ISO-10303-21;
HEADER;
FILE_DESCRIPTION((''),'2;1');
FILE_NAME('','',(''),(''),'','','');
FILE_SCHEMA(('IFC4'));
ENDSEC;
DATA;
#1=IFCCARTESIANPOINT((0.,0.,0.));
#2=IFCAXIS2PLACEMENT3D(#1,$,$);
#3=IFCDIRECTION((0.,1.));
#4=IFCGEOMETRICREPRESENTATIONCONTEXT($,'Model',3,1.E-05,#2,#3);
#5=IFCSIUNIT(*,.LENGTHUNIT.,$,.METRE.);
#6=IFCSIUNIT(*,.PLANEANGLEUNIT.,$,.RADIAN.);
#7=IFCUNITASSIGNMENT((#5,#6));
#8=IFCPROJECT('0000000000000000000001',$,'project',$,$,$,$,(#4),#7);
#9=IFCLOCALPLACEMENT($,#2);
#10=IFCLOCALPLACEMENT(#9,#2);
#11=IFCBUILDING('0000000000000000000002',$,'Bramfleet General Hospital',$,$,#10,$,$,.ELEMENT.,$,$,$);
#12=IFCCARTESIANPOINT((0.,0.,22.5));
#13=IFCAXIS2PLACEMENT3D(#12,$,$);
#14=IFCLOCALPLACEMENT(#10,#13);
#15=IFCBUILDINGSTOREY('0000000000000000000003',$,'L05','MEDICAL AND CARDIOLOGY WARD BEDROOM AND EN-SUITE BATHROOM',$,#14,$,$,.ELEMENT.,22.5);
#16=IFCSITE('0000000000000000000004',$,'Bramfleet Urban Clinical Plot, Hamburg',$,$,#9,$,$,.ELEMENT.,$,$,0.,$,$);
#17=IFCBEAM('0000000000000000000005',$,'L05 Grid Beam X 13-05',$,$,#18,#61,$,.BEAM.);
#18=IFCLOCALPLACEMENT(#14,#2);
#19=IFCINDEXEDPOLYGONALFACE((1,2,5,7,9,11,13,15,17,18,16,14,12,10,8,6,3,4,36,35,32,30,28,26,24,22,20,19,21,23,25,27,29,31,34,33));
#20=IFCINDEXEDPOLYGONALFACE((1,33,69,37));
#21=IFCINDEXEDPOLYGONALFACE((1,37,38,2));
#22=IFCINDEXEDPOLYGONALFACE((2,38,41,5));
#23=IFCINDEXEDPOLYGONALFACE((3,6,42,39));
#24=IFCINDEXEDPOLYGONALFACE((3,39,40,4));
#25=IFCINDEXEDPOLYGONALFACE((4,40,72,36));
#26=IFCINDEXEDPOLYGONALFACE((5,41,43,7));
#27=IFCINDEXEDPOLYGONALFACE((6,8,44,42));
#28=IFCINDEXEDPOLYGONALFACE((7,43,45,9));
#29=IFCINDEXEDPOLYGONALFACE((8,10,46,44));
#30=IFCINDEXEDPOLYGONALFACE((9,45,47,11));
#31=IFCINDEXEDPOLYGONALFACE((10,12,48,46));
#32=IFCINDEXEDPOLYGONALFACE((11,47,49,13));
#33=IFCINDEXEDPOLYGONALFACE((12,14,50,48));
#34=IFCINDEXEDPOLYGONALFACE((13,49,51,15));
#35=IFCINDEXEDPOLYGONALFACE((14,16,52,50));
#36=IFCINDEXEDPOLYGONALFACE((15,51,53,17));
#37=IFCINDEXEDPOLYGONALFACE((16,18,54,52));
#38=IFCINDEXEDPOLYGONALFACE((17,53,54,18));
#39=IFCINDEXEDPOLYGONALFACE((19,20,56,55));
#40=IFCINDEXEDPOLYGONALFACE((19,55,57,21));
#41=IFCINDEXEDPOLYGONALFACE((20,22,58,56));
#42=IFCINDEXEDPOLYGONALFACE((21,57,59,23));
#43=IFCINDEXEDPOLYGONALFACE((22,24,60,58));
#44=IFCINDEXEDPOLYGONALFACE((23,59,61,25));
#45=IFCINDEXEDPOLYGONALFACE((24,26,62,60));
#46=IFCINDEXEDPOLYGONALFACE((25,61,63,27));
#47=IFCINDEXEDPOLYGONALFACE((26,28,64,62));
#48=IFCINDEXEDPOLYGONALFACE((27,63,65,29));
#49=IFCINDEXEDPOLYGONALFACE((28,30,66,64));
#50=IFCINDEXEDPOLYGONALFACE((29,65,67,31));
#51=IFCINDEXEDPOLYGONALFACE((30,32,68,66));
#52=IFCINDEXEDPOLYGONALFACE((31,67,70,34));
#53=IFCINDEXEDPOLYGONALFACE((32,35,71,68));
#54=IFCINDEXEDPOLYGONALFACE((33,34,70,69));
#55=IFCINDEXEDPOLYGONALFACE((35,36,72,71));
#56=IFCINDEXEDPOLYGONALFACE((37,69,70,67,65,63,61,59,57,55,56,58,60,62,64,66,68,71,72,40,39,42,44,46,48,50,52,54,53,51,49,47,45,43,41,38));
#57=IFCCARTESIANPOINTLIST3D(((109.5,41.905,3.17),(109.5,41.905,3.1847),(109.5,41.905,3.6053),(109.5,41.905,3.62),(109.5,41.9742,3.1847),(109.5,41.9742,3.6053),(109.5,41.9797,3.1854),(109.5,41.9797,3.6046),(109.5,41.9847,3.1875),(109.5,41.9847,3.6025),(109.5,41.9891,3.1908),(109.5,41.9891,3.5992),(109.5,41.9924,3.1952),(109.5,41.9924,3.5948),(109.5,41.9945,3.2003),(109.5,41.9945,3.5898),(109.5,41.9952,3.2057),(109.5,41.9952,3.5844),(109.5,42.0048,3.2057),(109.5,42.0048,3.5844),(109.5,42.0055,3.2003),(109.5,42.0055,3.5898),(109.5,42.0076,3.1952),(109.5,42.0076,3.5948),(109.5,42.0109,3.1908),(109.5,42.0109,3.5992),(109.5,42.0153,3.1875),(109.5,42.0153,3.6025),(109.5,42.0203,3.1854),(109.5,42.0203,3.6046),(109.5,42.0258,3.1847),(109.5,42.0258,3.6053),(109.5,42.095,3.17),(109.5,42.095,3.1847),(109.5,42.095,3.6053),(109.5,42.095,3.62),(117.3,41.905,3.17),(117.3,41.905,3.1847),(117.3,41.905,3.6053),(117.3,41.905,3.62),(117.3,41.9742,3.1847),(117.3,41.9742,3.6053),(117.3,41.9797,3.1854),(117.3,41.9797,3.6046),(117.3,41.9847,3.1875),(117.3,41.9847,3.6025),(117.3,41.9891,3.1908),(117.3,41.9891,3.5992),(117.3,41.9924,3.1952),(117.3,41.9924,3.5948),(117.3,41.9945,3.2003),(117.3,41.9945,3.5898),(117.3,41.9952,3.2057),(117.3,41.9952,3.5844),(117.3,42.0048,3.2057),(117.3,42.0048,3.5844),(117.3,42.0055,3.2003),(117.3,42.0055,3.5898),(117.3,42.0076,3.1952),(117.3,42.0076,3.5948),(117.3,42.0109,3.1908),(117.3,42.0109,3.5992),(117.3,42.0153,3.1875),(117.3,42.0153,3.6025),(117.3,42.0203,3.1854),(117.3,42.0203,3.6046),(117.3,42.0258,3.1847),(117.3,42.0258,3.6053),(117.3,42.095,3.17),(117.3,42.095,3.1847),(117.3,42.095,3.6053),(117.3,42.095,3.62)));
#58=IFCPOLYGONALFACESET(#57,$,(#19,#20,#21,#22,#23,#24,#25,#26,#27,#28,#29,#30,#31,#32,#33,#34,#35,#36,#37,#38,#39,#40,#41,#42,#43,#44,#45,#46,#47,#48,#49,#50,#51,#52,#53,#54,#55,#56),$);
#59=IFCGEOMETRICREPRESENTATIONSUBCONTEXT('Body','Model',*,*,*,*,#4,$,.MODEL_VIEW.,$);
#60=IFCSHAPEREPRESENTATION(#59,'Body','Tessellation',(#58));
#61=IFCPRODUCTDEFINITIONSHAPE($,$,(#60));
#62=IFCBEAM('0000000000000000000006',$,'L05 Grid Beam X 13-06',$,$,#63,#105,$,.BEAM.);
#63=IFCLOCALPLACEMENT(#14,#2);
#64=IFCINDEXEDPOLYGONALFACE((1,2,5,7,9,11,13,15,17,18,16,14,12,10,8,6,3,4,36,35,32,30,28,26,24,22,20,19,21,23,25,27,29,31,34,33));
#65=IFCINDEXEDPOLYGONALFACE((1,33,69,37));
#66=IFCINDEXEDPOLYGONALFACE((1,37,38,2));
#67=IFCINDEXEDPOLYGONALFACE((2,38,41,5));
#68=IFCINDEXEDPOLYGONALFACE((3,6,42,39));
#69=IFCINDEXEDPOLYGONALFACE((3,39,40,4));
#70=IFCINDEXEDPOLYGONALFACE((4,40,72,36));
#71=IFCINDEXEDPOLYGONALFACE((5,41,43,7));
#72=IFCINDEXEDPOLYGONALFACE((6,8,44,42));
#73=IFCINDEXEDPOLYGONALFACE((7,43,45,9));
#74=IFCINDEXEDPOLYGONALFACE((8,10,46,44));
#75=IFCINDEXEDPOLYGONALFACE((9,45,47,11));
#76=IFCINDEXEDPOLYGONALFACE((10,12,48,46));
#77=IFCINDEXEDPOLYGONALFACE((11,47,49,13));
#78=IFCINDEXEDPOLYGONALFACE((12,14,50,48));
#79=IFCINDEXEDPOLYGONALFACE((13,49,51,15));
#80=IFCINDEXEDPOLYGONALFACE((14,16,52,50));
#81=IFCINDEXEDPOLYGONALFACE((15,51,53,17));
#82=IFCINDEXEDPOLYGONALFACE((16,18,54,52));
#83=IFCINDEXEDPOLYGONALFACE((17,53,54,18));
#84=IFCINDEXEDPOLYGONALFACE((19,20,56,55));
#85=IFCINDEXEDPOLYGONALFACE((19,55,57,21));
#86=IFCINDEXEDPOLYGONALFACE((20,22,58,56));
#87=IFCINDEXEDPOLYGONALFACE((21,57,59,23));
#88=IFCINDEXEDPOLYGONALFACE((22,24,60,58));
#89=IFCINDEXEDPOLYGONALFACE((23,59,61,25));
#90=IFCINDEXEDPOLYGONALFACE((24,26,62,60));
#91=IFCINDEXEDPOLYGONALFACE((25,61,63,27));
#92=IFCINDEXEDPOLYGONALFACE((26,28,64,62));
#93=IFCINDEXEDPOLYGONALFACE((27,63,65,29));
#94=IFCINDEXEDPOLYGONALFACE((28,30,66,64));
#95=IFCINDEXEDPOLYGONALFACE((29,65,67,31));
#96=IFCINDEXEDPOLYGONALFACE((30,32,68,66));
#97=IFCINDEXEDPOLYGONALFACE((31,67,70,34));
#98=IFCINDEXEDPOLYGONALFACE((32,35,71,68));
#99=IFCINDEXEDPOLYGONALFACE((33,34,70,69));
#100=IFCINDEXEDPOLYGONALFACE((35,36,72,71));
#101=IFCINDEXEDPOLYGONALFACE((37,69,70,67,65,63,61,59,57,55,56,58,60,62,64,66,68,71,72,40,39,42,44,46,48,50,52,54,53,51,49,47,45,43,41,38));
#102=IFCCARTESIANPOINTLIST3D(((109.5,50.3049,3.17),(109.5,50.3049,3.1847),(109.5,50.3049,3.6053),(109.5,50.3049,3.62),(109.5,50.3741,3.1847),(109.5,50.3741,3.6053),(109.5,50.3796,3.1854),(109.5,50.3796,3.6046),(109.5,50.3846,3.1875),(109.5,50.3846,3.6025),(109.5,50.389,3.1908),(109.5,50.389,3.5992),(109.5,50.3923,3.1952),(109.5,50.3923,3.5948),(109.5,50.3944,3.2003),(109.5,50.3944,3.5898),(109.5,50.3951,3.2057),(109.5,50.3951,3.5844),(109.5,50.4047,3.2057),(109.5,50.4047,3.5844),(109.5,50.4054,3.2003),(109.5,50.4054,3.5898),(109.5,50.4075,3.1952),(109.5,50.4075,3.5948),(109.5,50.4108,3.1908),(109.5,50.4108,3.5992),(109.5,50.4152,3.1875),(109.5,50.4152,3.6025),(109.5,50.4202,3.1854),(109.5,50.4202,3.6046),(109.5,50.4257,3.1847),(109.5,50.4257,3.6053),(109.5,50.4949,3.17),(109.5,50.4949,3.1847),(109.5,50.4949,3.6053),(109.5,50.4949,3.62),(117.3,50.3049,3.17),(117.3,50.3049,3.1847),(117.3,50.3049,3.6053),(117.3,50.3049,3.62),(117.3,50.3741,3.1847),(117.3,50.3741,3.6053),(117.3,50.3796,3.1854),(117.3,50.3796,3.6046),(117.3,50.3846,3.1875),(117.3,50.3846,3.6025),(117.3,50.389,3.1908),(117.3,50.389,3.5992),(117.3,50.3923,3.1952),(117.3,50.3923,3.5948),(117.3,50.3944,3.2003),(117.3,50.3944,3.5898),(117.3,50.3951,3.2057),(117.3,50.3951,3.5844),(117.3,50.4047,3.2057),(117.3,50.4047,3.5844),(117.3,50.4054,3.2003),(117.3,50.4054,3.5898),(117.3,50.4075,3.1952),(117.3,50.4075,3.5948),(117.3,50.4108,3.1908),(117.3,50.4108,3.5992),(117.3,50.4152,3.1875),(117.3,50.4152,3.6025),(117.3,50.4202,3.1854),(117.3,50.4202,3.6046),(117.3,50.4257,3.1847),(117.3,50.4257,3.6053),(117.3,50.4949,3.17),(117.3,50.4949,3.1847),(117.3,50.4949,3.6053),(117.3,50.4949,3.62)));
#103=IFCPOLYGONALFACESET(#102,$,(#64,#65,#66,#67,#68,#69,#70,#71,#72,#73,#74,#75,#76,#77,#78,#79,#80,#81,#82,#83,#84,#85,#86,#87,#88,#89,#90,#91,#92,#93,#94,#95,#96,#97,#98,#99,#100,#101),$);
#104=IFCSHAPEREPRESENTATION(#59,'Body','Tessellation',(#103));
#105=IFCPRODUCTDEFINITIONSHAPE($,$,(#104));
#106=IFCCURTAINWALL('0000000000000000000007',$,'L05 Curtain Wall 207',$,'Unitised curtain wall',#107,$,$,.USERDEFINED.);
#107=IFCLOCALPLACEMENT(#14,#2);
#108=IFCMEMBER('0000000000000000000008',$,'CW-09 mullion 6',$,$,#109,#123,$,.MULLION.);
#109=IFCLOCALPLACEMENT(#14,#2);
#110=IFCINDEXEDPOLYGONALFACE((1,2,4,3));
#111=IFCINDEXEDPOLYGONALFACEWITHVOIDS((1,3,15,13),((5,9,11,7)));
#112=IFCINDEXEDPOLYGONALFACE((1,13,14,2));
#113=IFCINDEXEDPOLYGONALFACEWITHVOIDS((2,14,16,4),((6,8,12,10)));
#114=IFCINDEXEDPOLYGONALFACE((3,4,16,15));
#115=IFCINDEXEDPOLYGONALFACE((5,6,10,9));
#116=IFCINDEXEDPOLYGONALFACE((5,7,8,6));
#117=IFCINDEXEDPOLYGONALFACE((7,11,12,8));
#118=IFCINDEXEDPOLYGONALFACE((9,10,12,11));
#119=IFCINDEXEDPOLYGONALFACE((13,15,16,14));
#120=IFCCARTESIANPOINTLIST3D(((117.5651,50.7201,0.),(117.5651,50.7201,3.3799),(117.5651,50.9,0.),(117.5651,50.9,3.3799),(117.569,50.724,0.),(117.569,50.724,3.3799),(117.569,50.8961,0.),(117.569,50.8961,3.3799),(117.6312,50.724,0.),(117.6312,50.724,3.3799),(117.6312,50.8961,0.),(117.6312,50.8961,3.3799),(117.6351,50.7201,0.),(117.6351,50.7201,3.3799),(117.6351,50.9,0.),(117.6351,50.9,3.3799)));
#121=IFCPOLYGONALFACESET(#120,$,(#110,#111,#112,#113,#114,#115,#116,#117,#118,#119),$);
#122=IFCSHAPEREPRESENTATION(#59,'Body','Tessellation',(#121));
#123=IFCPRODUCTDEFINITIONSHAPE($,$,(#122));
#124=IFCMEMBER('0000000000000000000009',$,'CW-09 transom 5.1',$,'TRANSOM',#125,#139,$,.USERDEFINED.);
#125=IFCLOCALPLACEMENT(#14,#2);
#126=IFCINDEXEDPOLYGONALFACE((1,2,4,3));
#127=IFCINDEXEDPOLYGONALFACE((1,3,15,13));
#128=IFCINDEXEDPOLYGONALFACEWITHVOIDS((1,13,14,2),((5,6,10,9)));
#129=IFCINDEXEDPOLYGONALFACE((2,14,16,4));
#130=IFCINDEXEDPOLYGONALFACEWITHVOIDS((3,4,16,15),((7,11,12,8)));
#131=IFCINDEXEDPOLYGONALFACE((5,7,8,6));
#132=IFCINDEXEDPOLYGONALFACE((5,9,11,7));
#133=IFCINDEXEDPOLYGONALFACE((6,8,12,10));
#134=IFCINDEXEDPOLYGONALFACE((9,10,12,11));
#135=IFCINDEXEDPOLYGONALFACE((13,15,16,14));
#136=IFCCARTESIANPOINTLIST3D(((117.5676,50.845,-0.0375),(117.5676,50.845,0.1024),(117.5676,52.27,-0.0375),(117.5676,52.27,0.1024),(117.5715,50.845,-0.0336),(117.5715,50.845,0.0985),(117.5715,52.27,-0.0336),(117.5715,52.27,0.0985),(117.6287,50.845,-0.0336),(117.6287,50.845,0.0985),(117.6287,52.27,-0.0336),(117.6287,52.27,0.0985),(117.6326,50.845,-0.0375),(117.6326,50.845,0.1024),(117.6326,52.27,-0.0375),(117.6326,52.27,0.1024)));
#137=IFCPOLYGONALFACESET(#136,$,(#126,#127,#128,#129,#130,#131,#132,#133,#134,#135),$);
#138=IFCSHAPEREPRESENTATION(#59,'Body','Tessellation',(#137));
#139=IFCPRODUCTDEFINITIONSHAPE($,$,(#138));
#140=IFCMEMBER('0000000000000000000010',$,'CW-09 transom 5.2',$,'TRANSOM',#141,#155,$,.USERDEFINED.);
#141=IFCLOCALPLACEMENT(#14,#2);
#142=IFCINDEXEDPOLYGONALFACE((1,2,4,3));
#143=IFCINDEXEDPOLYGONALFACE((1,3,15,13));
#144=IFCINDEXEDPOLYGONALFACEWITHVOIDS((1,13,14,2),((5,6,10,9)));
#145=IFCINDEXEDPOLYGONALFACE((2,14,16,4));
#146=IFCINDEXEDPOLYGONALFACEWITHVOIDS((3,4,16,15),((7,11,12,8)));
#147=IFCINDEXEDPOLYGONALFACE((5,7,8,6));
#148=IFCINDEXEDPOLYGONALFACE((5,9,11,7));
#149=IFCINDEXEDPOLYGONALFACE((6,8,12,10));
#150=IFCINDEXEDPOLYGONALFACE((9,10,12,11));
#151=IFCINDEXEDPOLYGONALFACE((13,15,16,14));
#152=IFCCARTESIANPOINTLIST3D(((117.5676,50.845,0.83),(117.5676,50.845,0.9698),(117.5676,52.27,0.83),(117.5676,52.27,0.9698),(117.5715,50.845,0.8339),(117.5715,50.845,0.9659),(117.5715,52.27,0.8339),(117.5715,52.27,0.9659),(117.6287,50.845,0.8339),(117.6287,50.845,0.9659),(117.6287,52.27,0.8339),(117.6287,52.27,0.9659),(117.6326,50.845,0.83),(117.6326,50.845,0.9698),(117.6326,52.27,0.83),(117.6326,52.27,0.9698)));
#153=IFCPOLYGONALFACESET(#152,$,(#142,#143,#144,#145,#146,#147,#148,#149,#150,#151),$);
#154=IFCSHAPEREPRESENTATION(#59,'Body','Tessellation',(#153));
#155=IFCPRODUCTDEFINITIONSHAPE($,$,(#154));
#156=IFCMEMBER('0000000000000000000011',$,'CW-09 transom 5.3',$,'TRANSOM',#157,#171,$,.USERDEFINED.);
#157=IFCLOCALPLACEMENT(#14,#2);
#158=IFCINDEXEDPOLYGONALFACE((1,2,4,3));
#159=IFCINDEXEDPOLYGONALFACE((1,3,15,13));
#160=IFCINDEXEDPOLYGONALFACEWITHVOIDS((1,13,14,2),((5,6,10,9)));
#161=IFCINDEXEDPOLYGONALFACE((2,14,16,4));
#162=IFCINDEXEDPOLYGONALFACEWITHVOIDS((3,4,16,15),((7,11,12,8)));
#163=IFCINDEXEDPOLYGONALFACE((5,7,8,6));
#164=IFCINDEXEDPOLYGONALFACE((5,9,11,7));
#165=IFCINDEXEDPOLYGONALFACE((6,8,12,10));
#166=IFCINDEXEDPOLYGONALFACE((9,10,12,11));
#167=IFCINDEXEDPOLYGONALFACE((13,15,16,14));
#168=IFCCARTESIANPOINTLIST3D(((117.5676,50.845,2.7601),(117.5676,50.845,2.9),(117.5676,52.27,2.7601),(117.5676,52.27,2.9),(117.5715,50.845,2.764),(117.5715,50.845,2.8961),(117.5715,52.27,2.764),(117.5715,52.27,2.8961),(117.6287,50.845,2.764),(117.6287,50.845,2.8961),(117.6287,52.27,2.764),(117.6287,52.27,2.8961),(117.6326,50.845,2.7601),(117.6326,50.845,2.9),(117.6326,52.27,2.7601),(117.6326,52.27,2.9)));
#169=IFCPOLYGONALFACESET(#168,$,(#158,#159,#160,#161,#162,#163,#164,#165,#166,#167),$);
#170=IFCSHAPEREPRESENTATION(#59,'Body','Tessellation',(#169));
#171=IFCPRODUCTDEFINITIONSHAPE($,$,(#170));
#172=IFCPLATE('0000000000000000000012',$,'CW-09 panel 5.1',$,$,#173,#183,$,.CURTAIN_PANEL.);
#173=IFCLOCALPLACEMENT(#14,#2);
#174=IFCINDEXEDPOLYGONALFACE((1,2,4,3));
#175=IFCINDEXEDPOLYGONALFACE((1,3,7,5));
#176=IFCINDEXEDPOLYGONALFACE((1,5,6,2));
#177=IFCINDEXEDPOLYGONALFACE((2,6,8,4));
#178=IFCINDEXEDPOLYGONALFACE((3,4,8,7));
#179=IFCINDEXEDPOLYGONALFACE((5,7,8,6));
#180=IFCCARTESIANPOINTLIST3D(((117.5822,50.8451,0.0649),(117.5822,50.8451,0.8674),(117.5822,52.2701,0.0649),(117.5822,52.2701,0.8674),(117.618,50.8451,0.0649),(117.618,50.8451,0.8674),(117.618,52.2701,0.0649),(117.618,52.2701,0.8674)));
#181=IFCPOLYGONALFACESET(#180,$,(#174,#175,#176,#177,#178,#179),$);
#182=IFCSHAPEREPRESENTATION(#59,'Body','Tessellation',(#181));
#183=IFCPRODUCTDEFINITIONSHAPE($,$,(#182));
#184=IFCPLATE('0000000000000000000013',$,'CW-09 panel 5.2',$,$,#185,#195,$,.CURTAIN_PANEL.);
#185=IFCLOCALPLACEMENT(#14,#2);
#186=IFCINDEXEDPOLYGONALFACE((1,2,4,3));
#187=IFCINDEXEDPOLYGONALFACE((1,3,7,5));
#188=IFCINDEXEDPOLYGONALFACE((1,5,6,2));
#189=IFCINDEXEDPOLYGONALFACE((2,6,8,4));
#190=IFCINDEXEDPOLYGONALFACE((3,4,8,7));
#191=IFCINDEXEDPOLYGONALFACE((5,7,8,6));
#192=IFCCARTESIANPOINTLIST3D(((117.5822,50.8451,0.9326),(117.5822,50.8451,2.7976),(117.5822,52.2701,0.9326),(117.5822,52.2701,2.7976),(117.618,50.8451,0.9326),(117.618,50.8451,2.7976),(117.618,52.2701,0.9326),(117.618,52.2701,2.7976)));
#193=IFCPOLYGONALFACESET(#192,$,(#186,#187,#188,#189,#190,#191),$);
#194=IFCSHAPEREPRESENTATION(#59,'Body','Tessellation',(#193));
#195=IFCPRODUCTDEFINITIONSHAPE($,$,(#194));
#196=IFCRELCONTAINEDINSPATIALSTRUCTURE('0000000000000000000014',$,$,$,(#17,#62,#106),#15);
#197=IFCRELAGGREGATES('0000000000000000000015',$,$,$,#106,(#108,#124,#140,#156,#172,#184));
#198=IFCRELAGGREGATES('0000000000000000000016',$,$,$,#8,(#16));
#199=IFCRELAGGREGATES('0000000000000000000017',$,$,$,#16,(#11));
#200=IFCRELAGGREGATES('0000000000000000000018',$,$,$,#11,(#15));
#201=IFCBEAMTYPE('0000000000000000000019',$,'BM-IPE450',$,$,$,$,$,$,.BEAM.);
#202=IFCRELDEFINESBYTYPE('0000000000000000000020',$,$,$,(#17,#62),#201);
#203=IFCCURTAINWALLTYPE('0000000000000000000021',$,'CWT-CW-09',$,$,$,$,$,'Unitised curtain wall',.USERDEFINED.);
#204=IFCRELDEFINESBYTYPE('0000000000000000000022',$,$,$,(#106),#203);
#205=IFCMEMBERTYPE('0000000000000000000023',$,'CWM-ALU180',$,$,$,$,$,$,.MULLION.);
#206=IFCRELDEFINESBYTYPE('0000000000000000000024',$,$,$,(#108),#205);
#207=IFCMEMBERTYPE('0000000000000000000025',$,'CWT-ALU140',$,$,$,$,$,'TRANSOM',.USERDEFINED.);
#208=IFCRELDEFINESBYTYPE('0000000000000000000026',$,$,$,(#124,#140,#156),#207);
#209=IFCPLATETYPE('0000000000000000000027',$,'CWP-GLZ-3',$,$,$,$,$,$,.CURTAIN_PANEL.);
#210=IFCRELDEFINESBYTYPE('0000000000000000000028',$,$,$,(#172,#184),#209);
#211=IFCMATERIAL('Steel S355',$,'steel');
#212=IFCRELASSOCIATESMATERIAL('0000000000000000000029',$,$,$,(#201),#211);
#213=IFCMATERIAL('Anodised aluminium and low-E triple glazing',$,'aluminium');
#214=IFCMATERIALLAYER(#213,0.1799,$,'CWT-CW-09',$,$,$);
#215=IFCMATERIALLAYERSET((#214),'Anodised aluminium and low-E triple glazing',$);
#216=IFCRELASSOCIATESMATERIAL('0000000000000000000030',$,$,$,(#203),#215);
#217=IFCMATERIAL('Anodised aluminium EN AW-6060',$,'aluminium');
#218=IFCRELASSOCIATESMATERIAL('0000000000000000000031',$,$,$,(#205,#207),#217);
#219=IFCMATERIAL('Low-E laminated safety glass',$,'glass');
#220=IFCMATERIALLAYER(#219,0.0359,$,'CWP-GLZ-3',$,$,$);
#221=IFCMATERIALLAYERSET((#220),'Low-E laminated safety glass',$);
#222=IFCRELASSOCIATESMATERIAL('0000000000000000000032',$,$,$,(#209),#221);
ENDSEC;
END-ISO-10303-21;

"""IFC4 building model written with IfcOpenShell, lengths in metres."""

from ifc_helpers import new_model, si_unit, direction, frame, origin, origin_2d, place, context, subcontext, project, spatial, rectangle, hollow_rectangle, i_section, extrude, material, layer, layer_set, material_profile, profile_set, type_object, element, aggregate, save


model = new_model("IFC4")

# Units and contexts
model_context = context("Model", 3, precision=1e-05, world=origin(), true_north=direction((0.0, 1.0)))
body_context = subcontext(model_context, "Body", "Model", "MODEL_VIEW")
ifc_project = project(units=[si_unit("LENGTHUNIT", "METRE"), si_unit("PLANEANGLEUNIT", "RADIAN")], contexts=[model_context])

# Site, building, storey
site_placement = place(None, origin())
site = spatial("IfcSite", under=ifc_project, at=site_placement, Name="Bramfleet Urban Clinical Plot, Hamburg", CompositionType="ELEMENT", RefElevation=0.0)
building_placement = place(site_placement, origin())
building = spatial("IfcBuilding", under=site, at=building_placement, Name="Bramfleet General Hospital", CompositionType="ELEMENT")
storey_placement = place(building_placement, frame((0.0, 0.0, 22.5)))
storey = spatial("IfcBuildingStorey", under=building, at=storey_placement, Name="L05", Description="MEDICAL AND CARDIOLOGY WARD BEDROOM AND EN-SUITE BATHROOM", CompositionType="ELEMENT", Elevation=22.5)

# Beams
ifc_material_1 = material(Name="Steel S355", Category="steel")
ifc_material_profile_1 = material_profile(ifc_material_1, i_section(OverallWidth=0.1899, OverallDepth=0.45, WebThickness=0.0095, FlangeThickness=0.0146, FilletRadius=0.021, at=origin_2d()), Name="IPE 450")
ifc_profile_set_1 = profile_set([ifc_material_profile_1], Name="Steel S355")
beam_type_1 = type_object("IfcBeamType", Name="BM-IPE450", PredefinedType="BEAM", material=ifc_profile_set_1)
for number, where, z_axis, x_axis, name in (
    (1, (109.5, 42.0, 3.395), (1.0, 0.0, 0.0), (0.0, 1.0, 0.0), "L05 Grid Beam X 13-05"),
    (2, (109.5, 50.3999, 3.395), (1.0, 0.0, 0.0), (0.0, 1.0, 0.0), "L05 Grid Beam X 13-06"),
):
    element("IfcBeam", number, at=place(storey_placement, frame(where, z_axis=z_axis, x_axis=x_axis)), inside=storey, type_object=beam_type_1, Name=name, PredefinedType="BEAM", context=body_context, shape_type="SweptSolid", body=[
        extrude(i_section(OverallWidth=0.1899, OverallDepth=0.45, WebThickness=0.0095, FlangeThickness=0.0146, FilletRadius=0.021, at=origin_2d()), origin(), (0.0, 0.0, 1.0), 7.8),
    ])

# Curtain wall, members, plates
ifc_material_2 = material(Name="Anodised aluminium and low-E triple glazing", Category="aluminium")
ifc_layer_1 = layer(ifc_material_2, 0.1799, Name="CWT-CW-09")
ifc_layer_set_1 = layer_set([ifc_layer_1], Name="Anodised aluminium and low-E triple glazing")
curtain_wall_type = type_object("IfcCurtainWallType", Name="CWT-CW-09", ElementType="Unitised curtain wall", PredefinedType="USERDEFINED", material=ifc_layer_set_1)
curtain_wall_placement = place(storey_placement, origin())
curtain_wall = element("IfcCurtainWall", 3, at=curtain_wall_placement, inside=storey, type_object=curtain_wall_type, Name="L05 Curtain Wall 207", ObjectType="Unitised curtain wall", PredefinedType="USERDEFINED")
ifc_material_3 = material(Name="Anodised aluminium EN AW-6060", Category="aluminium")
ifc_material_profile_2 = material_profile(ifc_material_3, hollow_rectangle(XDim=0.0701, YDim=0.1799, WallThickness=0.0039, at=origin_2d()), Name="ALU 180x70x4.0")
ifc_profile_set_2 = profile_set([ifc_material_profile_2], Name="Anodised aluminium EN AW-6060")
member_type_1 = type_object("IfcMemberType", Name="CWM-ALU180", PredefinedType="MULLION", material=ifc_profile_set_2)
member_1_placement = place(storey_placement, frame((117.6001, 50.8101, 0.0), z_axis=(0.0, 0.0, 1.0), x_axis=(1.0, 0.0, 0.0)))
member_1 = element("IfcMember", 4, at=member_1_placement, type_object=member_type_1, Name="CW-09 mullion 6", PredefinedType="MULLION", context=body_context, shape_type="SweptSolid", body=[
    extrude(hollow_rectangle(XDim=0.0701, YDim=0.1799, WallThickness=0.0039, at=origin_2d()), origin(), (0.0, 0.0, 1.0), 3.3799),
])
ifc_material_profile_3 = material_profile(ifc_material_3, hollow_rectangle(XDim=0.0649, YDim=0.1399, WallThickness=0.0039, at=origin_2d()), Name="ALU 140x65x4.0")
ifc_profile_set_3 = profile_set([ifc_material_profile_3], Name="Anodised aluminium EN AW-6060")
member_type_2 = type_object("IfcMemberType", Name="CWT-ALU140", ElementType="TRANSOM", PredefinedType="USERDEFINED", material=ifc_profile_set_3)
member_2_placement = place(storey_placement, frame((117.6001, 52.27, 0.0325), z_axis=(0.0, -1.0, 0.0), x_axis=(1.0, 0.0, 0.0)))
member_2 = element("IfcMember", 5, at=member_2_placement, type_object=member_type_2, Name="CW-09 transom 5.1", ObjectType="TRANSOM", PredefinedType="USERDEFINED", context=body_context, shape_type="SweptSolid", body=[
    extrude(hollow_rectangle(XDim=0.0649, YDim=0.1399, WallThickness=0.0039, at=origin_2d()), origin(), (0.0, 0.0, 1.0), 1.425),
])
member_3_placement = place(storey_placement, frame((117.6001, 52.27, 0.8999), z_axis=(0.0, -1.0, 0.0), x_axis=(1.0, 0.0, 0.0)))
member_3 = element("IfcMember", 6, at=member_3_placement, type_object=member_type_2, Name="CW-09 transom 5.2", ObjectType="TRANSOM", PredefinedType="USERDEFINED", context=body_context, shape_type="SweptSolid", body=[
    extrude(hollow_rectangle(XDim=0.0649, YDim=0.1399, WallThickness=0.0039, at=origin_2d()), origin(), (0.0, 0.0, 1.0), 1.425),
])
member_4_placement = place(storey_placement, frame((117.6001, 52.27, 2.8301), z_axis=(0.0, -1.0, 0.0), x_axis=(1.0, 0.0, 0.0)))
member_4 = element("IfcMember", 7, at=member_4_placement, type_object=member_type_2, Name="CW-09 transom 5.3", ObjectType="TRANSOM", PredefinedType="USERDEFINED", context=body_context, shape_type="SweptSolid", body=[
    extrude(hollow_rectangle(XDim=0.0649, YDim=0.1399, WallThickness=0.0039, at=origin_2d()), origin(), (0.0, 0.0, 1.0), 1.425),
])
ifc_material_4 = material(Name="Low-E laminated safety glass", Category="glass")
ifc_layer_2 = layer(ifc_material_4, 0.0359, Name="CWP-GLZ-3")
ifc_layer_set_2 = layer_set([ifc_layer_2], Name="Low-E laminated safety glass")
plate_type = type_object("IfcPlateType", Name="CWP-GLZ-3", PredefinedType="CURTAIN_PANEL", material=ifc_layer_set_2)
plate_1_placement = place(storey_placement, frame((117.6001, 51.5576, 0.0649), z_axis=(0.0, 0.0, 1.0), x_axis=(0.0, -1.0, 0.0)))
plate_1 = element("IfcPlate", 8, at=plate_1_placement, type_object=plate_type, Name="CW-09 panel 5.1", PredefinedType="CURTAIN_PANEL", context=body_context, shape_type="SweptSolid", body=[
    extrude(rectangle(XDim=1.425, YDim=0.0359, at=origin_2d()), origin(), (0.0, 0.0, 1.0), 0.8025),
])
plate_2_placement = place(storey_placement, frame((117.6001, 51.5576, 0.9326), z_axis=(0.0, 0.0, 1.0), x_axis=(0.0, -1.0, 0.0)))
plate_2 = element("IfcPlate", 9, at=plate_2_placement, type_object=plate_type, Name="CW-09 panel 5.2", PredefinedType="CURTAIN_PANEL", context=body_context, shape_type="SweptSolid", body=[
    extrude(rectangle(XDim=1.425, YDim=0.0359, at=origin_2d()), origin(), (0.0, 0.0, 1.0), 1.865),
])
aggregate(curtain_wall, [member_1, member_2, member_3, member_4, plate_1, plate_2])

save(model, "model.ifc")
